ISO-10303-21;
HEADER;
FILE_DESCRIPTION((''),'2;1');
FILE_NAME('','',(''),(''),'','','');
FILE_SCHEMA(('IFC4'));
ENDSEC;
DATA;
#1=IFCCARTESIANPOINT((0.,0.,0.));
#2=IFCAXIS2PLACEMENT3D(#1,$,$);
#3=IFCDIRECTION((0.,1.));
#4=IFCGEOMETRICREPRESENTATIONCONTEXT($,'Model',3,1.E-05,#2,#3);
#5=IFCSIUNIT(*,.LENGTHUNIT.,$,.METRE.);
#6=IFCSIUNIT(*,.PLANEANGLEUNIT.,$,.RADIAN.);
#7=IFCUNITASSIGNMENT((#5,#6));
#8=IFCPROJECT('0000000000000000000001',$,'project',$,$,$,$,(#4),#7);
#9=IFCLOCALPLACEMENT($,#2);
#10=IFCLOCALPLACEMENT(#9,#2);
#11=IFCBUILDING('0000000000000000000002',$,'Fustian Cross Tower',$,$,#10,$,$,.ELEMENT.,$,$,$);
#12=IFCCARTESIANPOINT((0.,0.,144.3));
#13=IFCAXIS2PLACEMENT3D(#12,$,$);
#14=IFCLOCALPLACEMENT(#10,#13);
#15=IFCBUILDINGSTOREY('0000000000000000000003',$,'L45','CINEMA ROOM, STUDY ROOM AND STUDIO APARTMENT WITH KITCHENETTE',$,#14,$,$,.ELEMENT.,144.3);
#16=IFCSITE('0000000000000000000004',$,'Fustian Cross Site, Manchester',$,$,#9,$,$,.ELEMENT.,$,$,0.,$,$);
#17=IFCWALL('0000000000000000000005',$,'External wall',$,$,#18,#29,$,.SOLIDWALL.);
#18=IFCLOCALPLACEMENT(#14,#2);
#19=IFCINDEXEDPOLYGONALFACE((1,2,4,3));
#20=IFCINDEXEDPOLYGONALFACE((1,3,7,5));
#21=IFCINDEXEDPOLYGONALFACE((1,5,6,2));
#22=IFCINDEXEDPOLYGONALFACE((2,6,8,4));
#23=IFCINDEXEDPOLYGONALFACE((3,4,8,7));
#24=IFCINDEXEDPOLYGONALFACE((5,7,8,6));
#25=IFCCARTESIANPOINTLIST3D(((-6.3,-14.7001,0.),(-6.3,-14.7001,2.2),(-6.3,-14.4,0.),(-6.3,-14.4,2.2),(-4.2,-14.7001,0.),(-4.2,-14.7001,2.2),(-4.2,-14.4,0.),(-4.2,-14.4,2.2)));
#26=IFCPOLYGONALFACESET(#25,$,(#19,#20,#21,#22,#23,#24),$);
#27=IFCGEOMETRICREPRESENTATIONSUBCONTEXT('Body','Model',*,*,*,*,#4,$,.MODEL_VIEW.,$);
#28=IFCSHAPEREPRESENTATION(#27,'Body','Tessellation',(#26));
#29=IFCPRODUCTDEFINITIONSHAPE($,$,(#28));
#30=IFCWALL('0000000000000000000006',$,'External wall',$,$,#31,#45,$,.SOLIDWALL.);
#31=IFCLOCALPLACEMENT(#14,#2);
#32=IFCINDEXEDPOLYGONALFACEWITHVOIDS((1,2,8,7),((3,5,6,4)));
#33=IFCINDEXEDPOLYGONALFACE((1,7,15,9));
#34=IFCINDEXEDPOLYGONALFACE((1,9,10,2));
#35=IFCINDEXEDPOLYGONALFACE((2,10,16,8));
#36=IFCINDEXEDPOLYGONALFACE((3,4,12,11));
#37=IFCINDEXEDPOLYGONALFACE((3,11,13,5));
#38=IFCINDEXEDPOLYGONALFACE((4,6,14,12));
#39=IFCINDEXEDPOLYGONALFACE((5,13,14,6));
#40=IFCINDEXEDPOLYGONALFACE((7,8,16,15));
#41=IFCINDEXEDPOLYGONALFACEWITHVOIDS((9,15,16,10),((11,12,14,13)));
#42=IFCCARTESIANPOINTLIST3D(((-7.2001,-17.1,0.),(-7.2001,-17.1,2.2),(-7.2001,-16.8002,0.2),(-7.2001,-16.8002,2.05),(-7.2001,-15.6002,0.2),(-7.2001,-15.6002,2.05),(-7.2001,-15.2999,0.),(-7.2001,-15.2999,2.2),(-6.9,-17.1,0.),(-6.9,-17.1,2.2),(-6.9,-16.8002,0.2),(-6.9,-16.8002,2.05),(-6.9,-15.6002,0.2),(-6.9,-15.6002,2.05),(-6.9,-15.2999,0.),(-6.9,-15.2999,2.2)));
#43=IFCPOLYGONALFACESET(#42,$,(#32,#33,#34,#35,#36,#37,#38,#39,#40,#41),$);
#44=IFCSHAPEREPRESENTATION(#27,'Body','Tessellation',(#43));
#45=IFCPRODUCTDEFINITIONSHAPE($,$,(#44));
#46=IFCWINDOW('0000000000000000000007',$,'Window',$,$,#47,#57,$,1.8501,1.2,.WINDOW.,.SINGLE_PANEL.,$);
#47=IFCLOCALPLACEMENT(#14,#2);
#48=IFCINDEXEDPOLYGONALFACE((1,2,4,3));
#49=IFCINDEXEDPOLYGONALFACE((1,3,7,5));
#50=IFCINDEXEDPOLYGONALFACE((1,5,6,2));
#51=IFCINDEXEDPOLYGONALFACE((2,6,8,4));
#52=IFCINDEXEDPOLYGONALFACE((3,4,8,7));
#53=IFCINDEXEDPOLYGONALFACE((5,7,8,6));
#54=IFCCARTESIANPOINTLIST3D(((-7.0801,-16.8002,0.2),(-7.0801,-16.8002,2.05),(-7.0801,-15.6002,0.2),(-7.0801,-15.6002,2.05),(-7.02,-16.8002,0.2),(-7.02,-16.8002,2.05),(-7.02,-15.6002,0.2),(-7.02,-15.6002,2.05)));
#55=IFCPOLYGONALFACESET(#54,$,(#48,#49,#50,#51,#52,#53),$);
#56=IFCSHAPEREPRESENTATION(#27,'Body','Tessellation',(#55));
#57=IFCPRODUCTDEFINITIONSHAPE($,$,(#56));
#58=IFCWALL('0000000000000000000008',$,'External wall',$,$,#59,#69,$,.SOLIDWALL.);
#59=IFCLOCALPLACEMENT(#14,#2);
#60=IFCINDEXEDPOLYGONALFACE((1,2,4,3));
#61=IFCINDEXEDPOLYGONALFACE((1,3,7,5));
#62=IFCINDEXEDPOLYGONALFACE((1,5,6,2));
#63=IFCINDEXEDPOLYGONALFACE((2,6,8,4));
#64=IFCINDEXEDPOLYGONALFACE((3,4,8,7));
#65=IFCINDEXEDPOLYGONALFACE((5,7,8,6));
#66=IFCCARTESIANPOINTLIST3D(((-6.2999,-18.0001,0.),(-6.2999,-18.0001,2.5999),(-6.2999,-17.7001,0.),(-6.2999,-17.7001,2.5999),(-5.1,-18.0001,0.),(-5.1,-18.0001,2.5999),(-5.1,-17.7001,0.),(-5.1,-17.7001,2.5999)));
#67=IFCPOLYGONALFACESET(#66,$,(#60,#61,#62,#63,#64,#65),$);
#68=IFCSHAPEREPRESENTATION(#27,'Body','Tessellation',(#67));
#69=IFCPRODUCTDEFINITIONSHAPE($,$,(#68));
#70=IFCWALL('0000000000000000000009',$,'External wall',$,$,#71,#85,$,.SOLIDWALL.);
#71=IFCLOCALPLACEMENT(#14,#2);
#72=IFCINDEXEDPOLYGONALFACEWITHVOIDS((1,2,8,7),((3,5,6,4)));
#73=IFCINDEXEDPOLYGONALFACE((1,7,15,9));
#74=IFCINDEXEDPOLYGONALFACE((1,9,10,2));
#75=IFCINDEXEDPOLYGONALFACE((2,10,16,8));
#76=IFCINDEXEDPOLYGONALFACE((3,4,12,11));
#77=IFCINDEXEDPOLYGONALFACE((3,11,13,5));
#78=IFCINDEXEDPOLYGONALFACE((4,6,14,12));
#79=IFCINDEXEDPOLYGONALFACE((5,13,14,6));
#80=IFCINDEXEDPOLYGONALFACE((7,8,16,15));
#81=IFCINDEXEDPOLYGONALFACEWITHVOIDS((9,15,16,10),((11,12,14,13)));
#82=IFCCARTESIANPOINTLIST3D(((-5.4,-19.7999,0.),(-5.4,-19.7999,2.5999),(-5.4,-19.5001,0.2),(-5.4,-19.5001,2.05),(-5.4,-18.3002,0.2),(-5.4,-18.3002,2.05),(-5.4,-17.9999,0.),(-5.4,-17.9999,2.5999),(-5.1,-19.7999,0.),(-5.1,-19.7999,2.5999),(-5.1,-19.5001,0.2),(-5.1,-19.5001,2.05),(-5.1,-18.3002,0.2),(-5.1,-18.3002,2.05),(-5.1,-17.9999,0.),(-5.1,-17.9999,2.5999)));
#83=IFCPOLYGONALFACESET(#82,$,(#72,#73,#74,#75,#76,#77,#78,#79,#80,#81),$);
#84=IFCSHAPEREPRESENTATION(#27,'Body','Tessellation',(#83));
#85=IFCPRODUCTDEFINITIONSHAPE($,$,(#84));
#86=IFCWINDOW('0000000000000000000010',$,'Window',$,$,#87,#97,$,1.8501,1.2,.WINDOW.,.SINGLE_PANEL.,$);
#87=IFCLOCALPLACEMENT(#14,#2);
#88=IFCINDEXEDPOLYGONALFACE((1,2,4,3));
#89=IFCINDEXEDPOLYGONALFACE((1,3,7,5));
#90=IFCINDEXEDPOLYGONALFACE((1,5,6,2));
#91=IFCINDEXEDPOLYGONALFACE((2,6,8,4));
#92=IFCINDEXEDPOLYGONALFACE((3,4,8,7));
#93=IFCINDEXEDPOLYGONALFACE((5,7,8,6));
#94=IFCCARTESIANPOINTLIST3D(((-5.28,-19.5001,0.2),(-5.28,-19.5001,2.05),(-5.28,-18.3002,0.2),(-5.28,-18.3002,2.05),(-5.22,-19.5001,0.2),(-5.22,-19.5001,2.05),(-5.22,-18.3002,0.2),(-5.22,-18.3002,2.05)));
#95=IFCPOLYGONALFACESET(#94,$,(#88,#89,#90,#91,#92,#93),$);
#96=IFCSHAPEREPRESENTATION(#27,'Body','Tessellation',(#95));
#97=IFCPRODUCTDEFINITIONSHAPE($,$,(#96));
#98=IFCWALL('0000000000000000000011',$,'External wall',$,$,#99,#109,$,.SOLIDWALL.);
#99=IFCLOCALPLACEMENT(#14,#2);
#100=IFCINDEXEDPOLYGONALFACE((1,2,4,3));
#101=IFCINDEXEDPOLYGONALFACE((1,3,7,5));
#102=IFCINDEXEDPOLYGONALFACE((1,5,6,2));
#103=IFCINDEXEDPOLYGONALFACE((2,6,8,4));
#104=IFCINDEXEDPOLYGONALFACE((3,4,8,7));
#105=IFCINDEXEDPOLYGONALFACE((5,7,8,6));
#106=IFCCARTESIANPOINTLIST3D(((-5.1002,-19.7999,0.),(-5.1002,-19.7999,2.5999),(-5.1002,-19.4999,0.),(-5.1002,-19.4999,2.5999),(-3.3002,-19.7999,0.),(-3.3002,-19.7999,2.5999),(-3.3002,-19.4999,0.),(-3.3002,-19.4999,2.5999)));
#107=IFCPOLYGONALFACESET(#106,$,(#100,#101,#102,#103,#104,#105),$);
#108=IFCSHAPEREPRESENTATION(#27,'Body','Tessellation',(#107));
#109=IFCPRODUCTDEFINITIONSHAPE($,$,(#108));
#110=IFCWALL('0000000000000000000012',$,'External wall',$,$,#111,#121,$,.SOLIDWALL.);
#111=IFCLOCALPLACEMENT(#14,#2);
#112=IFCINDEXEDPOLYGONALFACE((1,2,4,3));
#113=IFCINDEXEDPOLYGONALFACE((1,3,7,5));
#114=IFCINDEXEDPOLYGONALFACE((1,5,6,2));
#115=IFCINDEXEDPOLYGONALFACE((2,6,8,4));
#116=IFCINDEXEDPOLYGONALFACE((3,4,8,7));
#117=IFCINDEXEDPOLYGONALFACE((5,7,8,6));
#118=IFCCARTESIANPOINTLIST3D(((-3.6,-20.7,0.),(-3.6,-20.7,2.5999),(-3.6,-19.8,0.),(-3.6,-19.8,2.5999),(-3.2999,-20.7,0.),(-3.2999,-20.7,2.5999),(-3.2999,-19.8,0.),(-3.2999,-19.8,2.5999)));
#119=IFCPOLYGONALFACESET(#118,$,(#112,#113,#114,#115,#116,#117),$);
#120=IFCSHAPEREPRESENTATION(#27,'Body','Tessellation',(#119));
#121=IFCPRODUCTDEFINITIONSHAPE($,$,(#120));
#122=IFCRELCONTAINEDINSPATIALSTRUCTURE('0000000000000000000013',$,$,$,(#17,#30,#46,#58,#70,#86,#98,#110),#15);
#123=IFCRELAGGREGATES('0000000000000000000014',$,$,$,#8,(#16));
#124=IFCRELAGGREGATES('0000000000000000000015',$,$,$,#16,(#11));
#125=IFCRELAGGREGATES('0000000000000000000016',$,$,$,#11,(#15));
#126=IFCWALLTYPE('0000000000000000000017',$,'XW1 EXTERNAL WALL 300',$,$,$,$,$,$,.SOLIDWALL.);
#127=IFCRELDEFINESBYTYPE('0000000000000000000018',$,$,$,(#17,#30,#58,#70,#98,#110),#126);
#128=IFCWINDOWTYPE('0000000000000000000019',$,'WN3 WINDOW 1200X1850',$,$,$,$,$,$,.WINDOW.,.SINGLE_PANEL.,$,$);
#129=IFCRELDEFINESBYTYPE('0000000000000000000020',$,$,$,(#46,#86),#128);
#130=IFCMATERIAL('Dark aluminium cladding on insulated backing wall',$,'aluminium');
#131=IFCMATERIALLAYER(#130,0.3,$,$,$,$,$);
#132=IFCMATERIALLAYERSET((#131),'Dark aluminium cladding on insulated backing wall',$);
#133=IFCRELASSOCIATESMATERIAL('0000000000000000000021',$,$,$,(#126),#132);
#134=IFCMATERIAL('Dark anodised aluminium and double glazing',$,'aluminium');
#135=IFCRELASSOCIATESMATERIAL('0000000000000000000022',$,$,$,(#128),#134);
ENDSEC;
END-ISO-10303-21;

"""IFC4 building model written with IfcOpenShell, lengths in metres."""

from ifc_helpers import new_model, si_unit, direction, frame, frame_2d, origin, place, context, subcontext, project, spatial, rectangle, extrude, material, layer, layer_set, type_object, element, fill, save


model = new_model("IFC4")

# Units and contexts
model_context = context("Model", 3, precision=1e-05, world=origin(), true_north=direction((0.0, 1.0)))
body_context = subcontext(model_context, "Body", "Model", "MODEL_VIEW")
ifc_project = project(units=[si_unit("LENGTHUNIT", "METRE"), si_unit("PLANEANGLEUNIT", "RADIAN")], contexts=[model_context])

# Site, building, storey
site_placement = place(None, origin())
site = spatial("IfcSite", under=ifc_project, at=site_placement, Name="Fustian Cross Site, Manchester", CompositionType="ELEMENT", RefElevation=0.0)
building_placement = place(site_placement, origin())
building = spatial("IfcBuilding", under=site, at=building_placement, Name="Fustian Cross Tower", CompositionType="ELEMENT")
storey_placement = place(building_placement, frame((0.0, 0.0, 144.3)))
storey = spatial("IfcBuildingStorey", under=building, at=storey_placement, Name="L45", Description="CINEMA ROOM, STUDY ROOM AND STUDIO APARTMENT WITH KITCHENETTE", CompositionType="ELEMENT", Elevation=144.3)

# Wall
ifc_material_1 = material(Name="Dark aluminium cladding on insulated backing wall", Category="aluminium")
ifc_layer_1 = layer(ifc_material_1, 0.3)
ifc_layer_set_1 = layer_set([ifc_layer_1], Name="Dark aluminium cladding on insulated backing wall")
wall_type_1 = type_object("IfcWallType", Name="XW1 EXTERNAL WALL 300", PredefinedType="SOLIDWALL", material=ifc_layer_set_1)
wall_1_placement = place(storey_placement, frame((-4.2, -14.55, 0.0), z_axis=(0.0, 0.0, 1.0), x_axis=(-1.0, 0.0, 0.0)))
element("IfcWall", 1, at=wall_1_placement, inside=storey, type_object=wall_type_1, Name="External wall", PredefinedType="SOLIDWALL", context=body_context, shape_type="SweptSolid", body=[
    extrude(rectangle(XDim=2.1001, YDim=0.3, at=frame_2d((1.05, 0.0))), origin(), (0.0, 0.0, 1.0), 2.2),
])

# Wall, opening, window
wall_2_placement = place(storey_placement, frame((-7.05, -15.3, 0.0), z_axis=(0.0, 0.0, 1.0), x_axis=(0.0, -1.0, 0.0)))
wall_2 = element("IfcWall", 2, at=wall_2_placement, inside=storey, type_object=wall_type_1, Name="External wall", PredefinedType="SOLIDWALL", context=body_context, shape_type="SweptSolid", body=[
    extrude(rectangle(XDim=1.8, YDim=0.3, at=frame_2d((0.8999, 0.0))), origin(), (0.0, 0.0, 1.0), 2.2),
])
opening_1_placement = place(wall_2_placement, frame((0.3, 0.0, 0.2)))
opening_1 = element("IfcOpeningElement", 3, at=opening_1_placement, cuts=wall_2, PredefinedType="OPENING", context=body_context, shape_type="SweptSolid", body=[
    extrude(rectangle(XDim=1.2, YDim=1.8501, at=frame_2d((0.6001, 0.925))), frame((0.0, 0.1599, 0.0), z_axis=(0.0, -1.0, 0.0), x_axis=(1.0, 0.0, 0.0)), (0.0, 0.0, 1.0), 0.3201),
])
ifc_material_2 = material(Name="Dark anodised aluminium and double glazing", Category="aluminium")
window_type_1 = type_object("IfcWindowType", Name="WN3 WINDOW 1200X1850", PartitioningType="SINGLE_PANEL", PredefinedType="WINDOW", material=ifc_material_2)
window_1_placement = place(opening_1_placement, origin())
window_1 = element("IfcWindow", 4, at=window_1_placement, inside=storey, type_object=window_type_1, Name="Window", OverallHeight=1.8501, OverallWidth=1.2, PartitioningType="SINGLE_PANEL", PredefinedType="WINDOW", context=body_context, shape_type="SweptSolid", body=[
    extrude(rectangle(XDim=1.2, YDim=1.8501, at=frame_2d((0.6001, 0.925))), frame((0.0, 0.03, 0.0), z_axis=(0.0, -1.0, 0.0), x_axis=(1.0, 0.0, 0.0)), (0.0, 0.0, 1.0), 0.0601),
])
fill(opening_1, window_1)

# Wall
wall_3_placement = place(storey_placement, frame((-6.3, -17.8501, 0.0), z_axis=(0.0, 0.0, 1.0), x_axis=(1.0, 0.0, 0.0)))
element("IfcWall", 5, at=wall_3_placement, inside=storey, type_object=wall_type_1, Name="External wall", PredefinedType="SOLIDWALL", context=body_context, shape_type="SweptSolid", body=[
    extrude(rectangle(XDim=1.2, YDim=0.3, at=frame_2d((0.6001, 0.0))), origin(), (0.0, 0.0, 1.0), 2.5999),
])

# Wall, opening, window
wall_4_placement = place(storey_placement, frame((-5.25, -18.0, 0.0), z_axis=(0.0, 0.0, 1.0), x_axis=(0.0, -1.0, 0.0)))
wall_4 = element("IfcWall", 6, at=wall_4_placement, inside=storey, type_object=wall_type_1, Name="External wall", PredefinedType="SOLIDWALL", context=body_context, shape_type="SweptSolid", body=[
    extrude(rectangle(XDim=1.8, YDim=0.3, at=frame_2d((0.8999, 0.0))), origin(), (0.0, 0.0, 1.0), 2.5999),
])
opening_2_placement = place(wall_4_placement, frame((0.3, 0.0, 0.2)))
opening_2 = element("IfcOpeningElement", 7, at=opening_2_placement, cuts=wall_4, PredefinedType="OPENING", context=body_context, shape_type="SweptSolid", body=[
    extrude(rectangle(XDim=1.2, YDim=1.8501, at=frame_2d((0.6001, 0.925))), frame((0.0, 0.1599, 0.0), z_axis=(0.0, -1.0, 0.0), x_axis=(1.0, 0.0, 0.0)), (0.0, 0.0, 1.0), 0.3201),
])
window_2_placement = place(opening_2_placement, origin())
window_2 = element("IfcWindow", 8, at=window_2_placement, inside=storey, type_object=window_type_1, Name="Window", OverallHeight=1.8501, OverallWidth=1.2, PartitioningType="SINGLE_PANEL", PredefinedType="WINDOW", context=body_context, shape_type="SweptSolid", body=[
    extrude(rectangle(XDim=1.2, YDim=1.8501, at=frame_2d((0.6001, 0.925))), frame((0.0, 0.03, 0.0), z_axis=(0.0, -1.0, 0.0), x_axis=(1.0, 0.0, 0.0)), (0.0, 0.0, 1.0), 0.0601),
])
fill(opening_2, window_2)

# Walls
wall_5_placement = place(storey_placement, frame((-5.1001, -19.6499, 0.0), z_axis=(0.0, 0.0, 1.0), x_axis=(1.0, 0.0, 0.0)))
element("IfcWall", 9, at=wall_5_placement, inside=storey, type_object=wall_type_1, Name="External wall", PredefinedType="SOLIDWALL", context=body_context, shape_type="SweptSolid", body=[
    extrude(rectangle(XDim=1.8, YDim=0.3, at=frame_2d((0.8999, 0.0))), origin(), (0.0, 0.0, 1.0), 2.5999),
])
wall_6_placement = place(storey_placement, frame((-3.45, -19.8, 0.0), z_axis=(0.0, 0.0, 1.0), x_axis=(0.0, -1.0, 0.0)))
element("IfcWall", 10, at=wall_6_placement, inside=storey, type_object=wall_type_1, Name="External wall", PredefinedType="SOLIDWALL", context=body_context, shape_type="SweptSolid", body=[
    extrude(rectangle(XDim=0.8999, YDim=0.3, at=frame_2d((0.45, 0.0))), origin(), (0.0, 0.0, 1.0), 2.5999),
])

save(model, "model.ifc")
